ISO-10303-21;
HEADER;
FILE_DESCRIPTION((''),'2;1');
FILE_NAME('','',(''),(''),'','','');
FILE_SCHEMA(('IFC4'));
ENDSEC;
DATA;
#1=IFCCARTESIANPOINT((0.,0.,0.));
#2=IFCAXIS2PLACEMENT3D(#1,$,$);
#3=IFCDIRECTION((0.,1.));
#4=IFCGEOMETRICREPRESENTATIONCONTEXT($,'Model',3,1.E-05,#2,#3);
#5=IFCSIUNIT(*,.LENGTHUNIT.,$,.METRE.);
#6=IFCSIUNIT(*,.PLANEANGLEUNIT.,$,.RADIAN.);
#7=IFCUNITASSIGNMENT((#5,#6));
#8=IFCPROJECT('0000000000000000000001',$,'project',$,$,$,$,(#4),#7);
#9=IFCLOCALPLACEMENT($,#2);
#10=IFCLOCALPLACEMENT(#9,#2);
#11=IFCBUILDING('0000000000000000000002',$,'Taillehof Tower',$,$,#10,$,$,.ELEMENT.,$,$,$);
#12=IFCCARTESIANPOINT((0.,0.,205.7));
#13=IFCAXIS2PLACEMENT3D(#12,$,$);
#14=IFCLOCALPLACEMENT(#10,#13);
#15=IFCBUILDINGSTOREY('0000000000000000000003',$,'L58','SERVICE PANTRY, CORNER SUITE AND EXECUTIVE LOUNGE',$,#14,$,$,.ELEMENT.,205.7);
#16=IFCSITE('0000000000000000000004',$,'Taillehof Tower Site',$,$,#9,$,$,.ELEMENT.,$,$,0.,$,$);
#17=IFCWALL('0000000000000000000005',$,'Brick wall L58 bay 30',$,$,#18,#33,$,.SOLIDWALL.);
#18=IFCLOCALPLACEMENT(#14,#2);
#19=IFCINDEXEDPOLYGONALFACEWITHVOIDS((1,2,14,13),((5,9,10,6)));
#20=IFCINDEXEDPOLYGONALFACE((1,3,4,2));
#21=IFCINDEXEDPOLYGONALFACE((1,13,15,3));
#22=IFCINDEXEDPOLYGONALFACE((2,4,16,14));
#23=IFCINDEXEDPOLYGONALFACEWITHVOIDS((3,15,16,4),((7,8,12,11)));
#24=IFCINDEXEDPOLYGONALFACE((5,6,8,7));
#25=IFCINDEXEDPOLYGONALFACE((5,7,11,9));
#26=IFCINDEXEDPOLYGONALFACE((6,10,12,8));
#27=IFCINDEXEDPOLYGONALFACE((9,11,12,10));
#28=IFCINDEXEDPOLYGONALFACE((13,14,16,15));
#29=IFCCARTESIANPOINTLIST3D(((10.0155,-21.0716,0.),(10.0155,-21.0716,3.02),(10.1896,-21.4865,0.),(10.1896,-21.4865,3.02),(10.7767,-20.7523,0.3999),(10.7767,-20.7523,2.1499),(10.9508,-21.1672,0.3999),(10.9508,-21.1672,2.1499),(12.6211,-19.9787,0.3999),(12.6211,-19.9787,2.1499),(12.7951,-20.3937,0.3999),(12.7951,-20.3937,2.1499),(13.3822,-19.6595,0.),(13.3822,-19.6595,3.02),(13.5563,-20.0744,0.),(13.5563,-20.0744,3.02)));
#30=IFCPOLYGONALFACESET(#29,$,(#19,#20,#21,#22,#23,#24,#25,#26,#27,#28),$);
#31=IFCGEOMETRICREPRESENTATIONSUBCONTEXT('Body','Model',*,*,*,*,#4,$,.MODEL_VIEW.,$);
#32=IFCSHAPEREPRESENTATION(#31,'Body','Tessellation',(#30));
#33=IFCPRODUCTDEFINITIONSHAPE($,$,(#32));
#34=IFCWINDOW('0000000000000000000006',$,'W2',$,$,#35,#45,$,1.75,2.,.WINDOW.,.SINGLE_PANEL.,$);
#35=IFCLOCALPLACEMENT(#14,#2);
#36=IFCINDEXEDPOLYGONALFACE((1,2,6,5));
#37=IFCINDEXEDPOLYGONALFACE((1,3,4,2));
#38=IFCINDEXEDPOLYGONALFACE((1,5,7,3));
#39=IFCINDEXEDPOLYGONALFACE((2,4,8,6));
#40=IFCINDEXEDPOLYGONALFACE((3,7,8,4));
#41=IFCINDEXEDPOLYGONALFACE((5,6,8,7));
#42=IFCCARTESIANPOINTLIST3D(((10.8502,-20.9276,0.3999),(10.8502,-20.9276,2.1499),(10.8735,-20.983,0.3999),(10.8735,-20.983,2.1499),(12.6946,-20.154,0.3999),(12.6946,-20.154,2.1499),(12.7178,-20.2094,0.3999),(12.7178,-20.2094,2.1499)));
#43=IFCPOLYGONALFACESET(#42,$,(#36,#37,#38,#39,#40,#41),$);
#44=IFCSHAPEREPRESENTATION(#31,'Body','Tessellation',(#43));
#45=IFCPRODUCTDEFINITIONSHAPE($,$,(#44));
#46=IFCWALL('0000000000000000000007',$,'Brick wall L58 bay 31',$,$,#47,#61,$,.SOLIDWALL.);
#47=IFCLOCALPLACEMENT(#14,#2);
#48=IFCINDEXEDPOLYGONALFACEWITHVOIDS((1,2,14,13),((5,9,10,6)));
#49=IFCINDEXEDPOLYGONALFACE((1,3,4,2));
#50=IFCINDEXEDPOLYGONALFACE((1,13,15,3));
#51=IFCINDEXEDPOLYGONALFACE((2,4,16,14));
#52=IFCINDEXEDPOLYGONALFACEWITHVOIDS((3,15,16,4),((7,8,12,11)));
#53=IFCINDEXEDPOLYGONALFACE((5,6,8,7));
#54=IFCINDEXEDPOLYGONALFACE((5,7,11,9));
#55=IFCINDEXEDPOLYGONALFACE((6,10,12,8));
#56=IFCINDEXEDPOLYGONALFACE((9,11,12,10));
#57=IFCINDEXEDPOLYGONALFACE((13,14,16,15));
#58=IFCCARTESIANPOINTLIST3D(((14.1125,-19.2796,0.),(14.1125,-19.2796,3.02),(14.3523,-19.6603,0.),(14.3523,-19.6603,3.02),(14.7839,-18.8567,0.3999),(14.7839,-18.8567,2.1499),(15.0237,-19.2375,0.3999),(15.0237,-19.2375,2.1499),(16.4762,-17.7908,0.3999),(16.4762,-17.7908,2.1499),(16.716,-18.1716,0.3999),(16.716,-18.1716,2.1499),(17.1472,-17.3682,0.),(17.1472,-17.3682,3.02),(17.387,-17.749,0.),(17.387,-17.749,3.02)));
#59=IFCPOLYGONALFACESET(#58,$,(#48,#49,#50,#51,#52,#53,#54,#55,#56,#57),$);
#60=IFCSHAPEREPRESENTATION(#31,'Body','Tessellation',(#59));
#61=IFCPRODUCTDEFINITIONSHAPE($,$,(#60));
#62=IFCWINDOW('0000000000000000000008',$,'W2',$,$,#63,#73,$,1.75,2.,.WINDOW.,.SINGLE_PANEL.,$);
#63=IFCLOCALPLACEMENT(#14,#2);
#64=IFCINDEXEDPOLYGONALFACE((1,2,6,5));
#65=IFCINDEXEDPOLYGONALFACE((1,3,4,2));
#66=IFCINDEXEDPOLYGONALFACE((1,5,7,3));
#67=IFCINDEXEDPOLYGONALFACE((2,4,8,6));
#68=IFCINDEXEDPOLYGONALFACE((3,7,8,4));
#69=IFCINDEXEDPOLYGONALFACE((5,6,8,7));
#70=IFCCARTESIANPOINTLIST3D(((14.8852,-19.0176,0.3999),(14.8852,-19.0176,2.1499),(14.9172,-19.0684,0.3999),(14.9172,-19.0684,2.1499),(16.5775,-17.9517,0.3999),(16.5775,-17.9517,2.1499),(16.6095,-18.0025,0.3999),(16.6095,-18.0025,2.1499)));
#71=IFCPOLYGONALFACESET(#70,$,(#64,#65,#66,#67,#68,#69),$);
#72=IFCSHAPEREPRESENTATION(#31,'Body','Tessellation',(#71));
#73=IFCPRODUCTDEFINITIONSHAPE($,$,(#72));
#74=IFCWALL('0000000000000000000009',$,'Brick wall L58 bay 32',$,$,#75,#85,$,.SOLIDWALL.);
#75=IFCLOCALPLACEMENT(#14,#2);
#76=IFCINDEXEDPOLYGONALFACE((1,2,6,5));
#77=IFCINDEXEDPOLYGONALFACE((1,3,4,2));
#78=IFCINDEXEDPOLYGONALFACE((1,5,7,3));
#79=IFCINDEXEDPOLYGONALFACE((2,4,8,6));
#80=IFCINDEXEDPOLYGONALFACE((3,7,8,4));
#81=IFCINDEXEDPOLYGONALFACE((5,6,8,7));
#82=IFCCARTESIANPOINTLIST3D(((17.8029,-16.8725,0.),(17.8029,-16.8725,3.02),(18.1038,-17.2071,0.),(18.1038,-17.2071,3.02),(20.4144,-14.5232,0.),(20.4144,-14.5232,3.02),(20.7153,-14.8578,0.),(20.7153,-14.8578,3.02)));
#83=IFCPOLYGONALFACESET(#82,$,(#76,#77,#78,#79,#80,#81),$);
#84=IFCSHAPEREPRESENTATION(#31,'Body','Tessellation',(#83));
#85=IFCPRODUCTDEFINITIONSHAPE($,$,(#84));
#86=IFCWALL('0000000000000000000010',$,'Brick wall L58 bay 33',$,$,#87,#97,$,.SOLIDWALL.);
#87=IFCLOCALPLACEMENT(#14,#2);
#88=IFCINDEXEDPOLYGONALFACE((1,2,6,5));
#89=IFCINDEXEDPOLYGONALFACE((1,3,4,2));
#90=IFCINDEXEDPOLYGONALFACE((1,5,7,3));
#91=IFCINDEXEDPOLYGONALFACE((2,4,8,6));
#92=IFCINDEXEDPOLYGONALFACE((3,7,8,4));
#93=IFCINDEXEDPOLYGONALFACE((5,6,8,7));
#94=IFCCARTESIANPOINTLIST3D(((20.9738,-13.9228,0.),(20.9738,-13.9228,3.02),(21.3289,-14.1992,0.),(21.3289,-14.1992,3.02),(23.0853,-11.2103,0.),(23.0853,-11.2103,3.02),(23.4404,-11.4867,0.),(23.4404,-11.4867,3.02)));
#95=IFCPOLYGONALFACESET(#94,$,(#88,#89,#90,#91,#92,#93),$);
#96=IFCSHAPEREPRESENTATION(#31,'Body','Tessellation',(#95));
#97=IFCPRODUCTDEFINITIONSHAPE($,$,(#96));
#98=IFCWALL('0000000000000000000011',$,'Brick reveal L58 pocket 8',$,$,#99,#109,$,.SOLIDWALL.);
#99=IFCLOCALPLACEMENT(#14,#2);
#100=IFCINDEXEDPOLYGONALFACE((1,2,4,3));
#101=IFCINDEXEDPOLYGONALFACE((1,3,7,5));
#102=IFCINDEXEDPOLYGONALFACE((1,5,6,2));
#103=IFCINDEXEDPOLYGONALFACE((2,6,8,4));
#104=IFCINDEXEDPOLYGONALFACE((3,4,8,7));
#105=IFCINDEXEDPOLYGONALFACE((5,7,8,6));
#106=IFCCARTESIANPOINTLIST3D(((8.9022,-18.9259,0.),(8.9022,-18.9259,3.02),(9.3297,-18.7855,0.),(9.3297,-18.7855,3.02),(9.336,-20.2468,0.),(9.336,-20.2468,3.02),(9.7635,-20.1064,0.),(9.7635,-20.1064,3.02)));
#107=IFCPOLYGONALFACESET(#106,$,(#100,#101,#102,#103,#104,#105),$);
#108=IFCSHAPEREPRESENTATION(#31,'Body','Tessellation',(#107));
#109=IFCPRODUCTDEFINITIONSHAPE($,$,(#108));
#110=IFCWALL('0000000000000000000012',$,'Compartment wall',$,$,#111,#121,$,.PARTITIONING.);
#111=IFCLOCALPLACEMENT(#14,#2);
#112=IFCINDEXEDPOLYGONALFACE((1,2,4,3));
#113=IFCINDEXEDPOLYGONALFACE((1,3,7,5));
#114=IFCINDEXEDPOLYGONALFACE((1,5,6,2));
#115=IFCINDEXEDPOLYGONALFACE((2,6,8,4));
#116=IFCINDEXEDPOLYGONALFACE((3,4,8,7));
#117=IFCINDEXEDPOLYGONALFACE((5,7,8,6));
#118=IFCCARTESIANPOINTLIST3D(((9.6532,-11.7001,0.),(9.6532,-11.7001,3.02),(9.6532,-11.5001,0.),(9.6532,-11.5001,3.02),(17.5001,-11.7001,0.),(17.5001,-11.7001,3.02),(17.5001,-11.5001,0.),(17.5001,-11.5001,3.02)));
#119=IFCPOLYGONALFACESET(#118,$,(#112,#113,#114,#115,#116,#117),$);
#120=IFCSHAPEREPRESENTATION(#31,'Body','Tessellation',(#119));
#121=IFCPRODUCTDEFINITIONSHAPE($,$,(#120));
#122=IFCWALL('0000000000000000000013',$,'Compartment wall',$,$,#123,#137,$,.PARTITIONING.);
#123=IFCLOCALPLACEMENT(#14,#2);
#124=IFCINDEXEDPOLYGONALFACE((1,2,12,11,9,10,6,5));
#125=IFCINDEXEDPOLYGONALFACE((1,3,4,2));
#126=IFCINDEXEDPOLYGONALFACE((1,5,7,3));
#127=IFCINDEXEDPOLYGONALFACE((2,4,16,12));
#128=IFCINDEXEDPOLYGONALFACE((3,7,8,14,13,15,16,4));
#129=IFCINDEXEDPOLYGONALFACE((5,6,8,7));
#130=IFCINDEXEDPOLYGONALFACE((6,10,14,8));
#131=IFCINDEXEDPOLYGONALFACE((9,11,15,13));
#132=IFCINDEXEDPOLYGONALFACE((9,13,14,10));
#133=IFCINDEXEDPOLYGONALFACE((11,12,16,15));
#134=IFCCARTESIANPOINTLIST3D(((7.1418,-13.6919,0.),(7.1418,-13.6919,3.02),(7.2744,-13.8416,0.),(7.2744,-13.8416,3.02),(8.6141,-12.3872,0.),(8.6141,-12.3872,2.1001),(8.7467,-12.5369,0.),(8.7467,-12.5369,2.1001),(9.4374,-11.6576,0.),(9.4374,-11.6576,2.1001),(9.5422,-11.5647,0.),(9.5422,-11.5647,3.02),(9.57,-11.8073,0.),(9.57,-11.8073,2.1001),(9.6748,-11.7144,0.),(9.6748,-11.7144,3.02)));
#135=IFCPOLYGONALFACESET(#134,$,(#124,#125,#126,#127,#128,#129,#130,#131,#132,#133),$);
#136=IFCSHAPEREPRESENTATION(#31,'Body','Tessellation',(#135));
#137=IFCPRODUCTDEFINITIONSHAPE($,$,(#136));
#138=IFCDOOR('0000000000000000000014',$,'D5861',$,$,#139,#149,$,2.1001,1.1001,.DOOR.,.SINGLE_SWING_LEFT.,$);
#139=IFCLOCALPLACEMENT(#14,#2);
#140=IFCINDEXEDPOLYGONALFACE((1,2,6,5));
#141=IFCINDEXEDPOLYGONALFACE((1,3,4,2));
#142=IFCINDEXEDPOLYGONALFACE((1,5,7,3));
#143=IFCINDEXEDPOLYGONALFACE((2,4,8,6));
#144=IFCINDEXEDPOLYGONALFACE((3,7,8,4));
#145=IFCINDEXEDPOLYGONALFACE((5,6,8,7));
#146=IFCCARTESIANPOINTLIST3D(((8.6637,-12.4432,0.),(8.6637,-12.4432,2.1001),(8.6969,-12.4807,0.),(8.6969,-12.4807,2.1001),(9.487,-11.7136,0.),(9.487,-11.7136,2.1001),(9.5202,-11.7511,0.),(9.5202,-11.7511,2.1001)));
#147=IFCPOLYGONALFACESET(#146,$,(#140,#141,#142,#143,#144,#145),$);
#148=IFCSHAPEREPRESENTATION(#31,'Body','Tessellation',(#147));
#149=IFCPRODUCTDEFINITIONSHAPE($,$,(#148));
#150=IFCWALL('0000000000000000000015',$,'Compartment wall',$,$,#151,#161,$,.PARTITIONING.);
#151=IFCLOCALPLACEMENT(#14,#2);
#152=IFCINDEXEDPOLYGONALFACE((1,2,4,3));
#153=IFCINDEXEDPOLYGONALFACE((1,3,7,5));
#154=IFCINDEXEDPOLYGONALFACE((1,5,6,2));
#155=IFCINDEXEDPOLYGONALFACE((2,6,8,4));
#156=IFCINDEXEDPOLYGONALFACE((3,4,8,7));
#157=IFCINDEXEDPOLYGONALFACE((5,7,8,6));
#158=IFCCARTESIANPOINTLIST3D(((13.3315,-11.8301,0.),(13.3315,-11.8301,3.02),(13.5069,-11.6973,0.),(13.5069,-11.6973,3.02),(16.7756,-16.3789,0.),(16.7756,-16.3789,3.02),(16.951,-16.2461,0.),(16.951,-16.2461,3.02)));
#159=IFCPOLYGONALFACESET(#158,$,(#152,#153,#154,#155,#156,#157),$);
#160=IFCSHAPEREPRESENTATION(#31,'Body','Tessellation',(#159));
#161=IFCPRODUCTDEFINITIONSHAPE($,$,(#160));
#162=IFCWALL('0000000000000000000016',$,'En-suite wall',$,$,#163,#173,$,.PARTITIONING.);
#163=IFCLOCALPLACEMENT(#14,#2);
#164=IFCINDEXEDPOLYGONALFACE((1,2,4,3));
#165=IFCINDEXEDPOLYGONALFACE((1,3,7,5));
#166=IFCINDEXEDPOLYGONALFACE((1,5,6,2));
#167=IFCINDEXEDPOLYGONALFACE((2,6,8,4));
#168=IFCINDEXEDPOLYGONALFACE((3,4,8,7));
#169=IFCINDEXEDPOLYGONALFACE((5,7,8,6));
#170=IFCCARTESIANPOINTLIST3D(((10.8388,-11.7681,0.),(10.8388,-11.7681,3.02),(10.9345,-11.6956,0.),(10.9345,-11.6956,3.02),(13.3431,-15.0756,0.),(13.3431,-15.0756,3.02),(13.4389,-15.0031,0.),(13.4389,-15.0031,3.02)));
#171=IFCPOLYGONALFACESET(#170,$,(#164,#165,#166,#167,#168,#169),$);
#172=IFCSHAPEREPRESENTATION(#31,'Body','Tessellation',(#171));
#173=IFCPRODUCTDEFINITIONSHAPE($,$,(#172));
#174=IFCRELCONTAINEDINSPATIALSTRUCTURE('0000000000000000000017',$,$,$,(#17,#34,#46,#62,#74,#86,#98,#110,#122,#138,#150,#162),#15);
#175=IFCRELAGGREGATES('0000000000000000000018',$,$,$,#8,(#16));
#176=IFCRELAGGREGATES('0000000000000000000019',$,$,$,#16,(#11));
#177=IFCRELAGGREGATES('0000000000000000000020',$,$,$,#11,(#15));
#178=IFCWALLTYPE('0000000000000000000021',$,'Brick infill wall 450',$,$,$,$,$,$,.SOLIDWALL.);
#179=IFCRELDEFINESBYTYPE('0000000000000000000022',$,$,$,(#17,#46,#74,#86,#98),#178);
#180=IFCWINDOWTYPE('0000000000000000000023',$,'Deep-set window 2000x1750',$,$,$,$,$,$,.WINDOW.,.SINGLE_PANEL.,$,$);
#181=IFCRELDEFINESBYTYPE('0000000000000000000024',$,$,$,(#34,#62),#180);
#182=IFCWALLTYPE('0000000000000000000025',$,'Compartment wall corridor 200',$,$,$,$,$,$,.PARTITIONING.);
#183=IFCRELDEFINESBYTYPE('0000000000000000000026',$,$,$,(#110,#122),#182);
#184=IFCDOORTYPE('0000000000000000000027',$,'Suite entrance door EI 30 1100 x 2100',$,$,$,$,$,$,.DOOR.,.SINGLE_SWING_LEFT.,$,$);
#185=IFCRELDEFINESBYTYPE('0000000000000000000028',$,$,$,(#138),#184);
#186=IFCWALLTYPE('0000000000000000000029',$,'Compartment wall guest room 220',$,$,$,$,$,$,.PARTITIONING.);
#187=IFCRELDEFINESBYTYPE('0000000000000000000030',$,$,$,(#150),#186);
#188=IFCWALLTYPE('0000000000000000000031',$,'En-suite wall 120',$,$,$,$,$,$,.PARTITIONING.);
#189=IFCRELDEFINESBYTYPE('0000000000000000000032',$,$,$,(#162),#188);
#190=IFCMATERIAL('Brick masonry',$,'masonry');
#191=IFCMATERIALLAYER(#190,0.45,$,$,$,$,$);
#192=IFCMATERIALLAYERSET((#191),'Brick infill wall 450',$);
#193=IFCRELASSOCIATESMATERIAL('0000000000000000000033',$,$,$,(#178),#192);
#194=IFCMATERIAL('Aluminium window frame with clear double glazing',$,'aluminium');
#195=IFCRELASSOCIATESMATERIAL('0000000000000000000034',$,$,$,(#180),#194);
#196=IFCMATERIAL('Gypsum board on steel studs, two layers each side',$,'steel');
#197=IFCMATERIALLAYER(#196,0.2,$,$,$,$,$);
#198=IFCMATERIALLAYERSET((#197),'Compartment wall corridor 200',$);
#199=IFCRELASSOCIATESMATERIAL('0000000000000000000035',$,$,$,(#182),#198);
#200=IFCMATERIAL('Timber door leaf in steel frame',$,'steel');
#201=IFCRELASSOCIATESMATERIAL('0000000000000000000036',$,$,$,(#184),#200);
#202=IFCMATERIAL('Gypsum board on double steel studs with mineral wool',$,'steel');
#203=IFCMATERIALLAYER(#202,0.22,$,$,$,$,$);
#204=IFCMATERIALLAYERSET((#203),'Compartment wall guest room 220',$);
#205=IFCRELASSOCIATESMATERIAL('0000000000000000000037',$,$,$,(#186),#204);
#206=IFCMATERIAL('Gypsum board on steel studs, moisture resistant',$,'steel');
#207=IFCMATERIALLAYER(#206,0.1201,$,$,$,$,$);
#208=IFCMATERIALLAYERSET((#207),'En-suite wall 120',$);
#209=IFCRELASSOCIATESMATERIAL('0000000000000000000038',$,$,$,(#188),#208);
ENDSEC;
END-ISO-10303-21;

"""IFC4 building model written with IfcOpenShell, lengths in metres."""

from ifc_helpers import new_model, si_unit, direction, frame, frame_2d, origin, place, context, subcontext, project, spatial, rectangle, extrude, material, layer, layer_set, type_object, element, fill, save


model = new_model("IFC4")

# Units and contexts
model_context = context("Model", 3, precision=1e-05, world=origin(), true_north=direction((0.0, 1.0)))
body_context = subcontext(model_context, "Body", "Model", "MODEL_VIEW")
ifc_project = project(units=[si_unit("LENGTHUNIT", "METRE"), si_unit("PLANEANGLEUNIT", "RADIAN")], contexts=[model_context])

# Site, building, storey
site_placement = place(None, origin())
site = spatial("IfcSite", under=ifc_project, at=site_placement, Name="Taillehof Tower Site", CompositionType="ELEMENT", RefElevation=0.0)
building_placement = place(site_placement, origin())
building = spatial("IfcBuilding", under=site, at=building_placement, Name="Taillehof Tower", CompositionType="ELEMENT")
storey_placement = place(building_placement, frame((0.0, 0.0, 205.7)))
storey = spatial("IfcBuildingStorey", under=building, at=storey_placement, Name="L58", Description="SERVICE PANTRY, CORNER SUITE AND EXECUTIVE LOUNGE", CompositionType="ELEMENT", Elevation=205.7)

# Walls, openings, windows
ifc_material_1 = material(Name="Brick masonry", Category="masonry")
ifc_layer_1 = layer(ifc_material_1, 0.45)
ifc_layer_set_1 = layer_set([ifc_layer_1], Name="Brick infill wall 450")
wall_type_1 = type_object("IfcWallType", Name="Brick infill wall 450", PredefinedType="SOLIDWALL", material=ifc_layer_set_1)
wall_1_placement = place(storey_placement, frame((10.1025, -21.2791, 0.0), z_axis=(0.0, 0.0, 1.0), x_axis=(0.922168, 0.386789, 0.0)))
wall_1 = element("IfcWall", 1, at=wall_1_placement, inside=storey, type_object=wall_type_1, Name="Brick wall L58 bay 30", PredefinedType="SOLIDWALL", context=body_context, shape_type="SweptSolid", body=[
    extrude(rectangle(XDim=3.6509, YDim=0.45, at=frame_2d((1.8254, 0.0))), origin(), (0.0, 0.0, 1.0), 3.02),
])
opening_1_placement = place(wall_1_placement, frame((0.8254, 0.0, 0.3999)))
opening_1 = element("IfcOpeningElement", 2, at=opening_1_placement, cuts=wall_1, PredefinedType="OPENING", context=body_context, shape_type="SweptSolid", body=[
    extrude(rectangle(XDim=2.0, YDim=1.75, at=frame_2d((1.0, 0.875))), frame((0.0, 0.2349, 0.0), z_axis=(0.0, -1.0, 0.0), x_axis=(1.0, 0.0, 0.0)), (0.0, 0.0, 1.0), 0.47),
])
ifc_material_2 = material(Name="Aluminium window frame with clear double glazing", Category="aluminium")
window_type = type_object("IfcWindowType", Name="Deep-set window 2000x1750", PartitioningType="SINGLE_PANEL", PredefinedType="WINDOW", material=ifc_material_2)
window_1_placement = place(opening_1_placement, origin())
window_1 = element("IfcWindow", 3, at=window_1_placement, inside=storey, type_object=window_type, Name="W2", OverallHeight=1.75, OverallWidth=2.0, PartitioningType="SINGLE_PANEL", PredefinedType="WINDOW", context=body_context, shape_type="SweptSolid", body=[
    extrude(rectangle(XDim=2.0, YDim=1.75, at=frame_2d((1.0, 0.875))), frame((0.0, 0.0349, 0.0), z_axis=(0.0, -1.0, 0.0), x_axis=(1.0, 0.0, 0.0)), (0.0, 0.0, 1.0), 0.0601),
])
fill(opening_1, window_1)
wall_2_placement = place(storey_placement, frame((14.2324, -19.47, 0.0), z_axis=(0.0, 0.0, 1.0), x_axis=(0.84615, 0.532945, 0.0)))
wall_2 = element("IfcWall", 4, at=wall_2_placement, inside=storey, type_object=wall_type_1, Name="Brick wall L58 bay 31", PredefinedType="SOLIDWALL", context=body_context, shape_type="SweptSolid", body=[
    extrude(rectangle(XDim=3.5864, YDim=0.45, at=frame_2d((1.7932, 0.0))), origin(), (0.0, 0.0, 1.0), 3.02),
])
opening_2_placement = place(wall_2_placement, frame((0.7935, 0.0, 0.3999)))
opening_2 = element("IfcOpeningElement", 5, at=opening_2_placement, cuts=wall_2, PredefinedType="OPENING", context=body_context, shape_type="SweptSolid", body=[
    extrude(rectangle(XDim=2.0, YDim=1.75, at=frame_2d((1.0, 0.875))), frame((0.0, 0.2349, 0.0), z_axis=(0.0, -1.0, 0.0), x_axis=(1.0, 0.0, 0.0)), (0.0, 0.0, 1.0), 0.47),
])
window_2_placement = place(opening_2_placement, origin())
window_2 = element("IfcWindow", 6, at=window_2_placement, inside=storey, type_object=window_type, Name="W2", OverallHeight=1.75, OverallWidth=2.0, PartitioningType="SINGLE_PANEL", PredefinedType="WINDOW", context=body_context, shape_type="SweptSolid", body=[
    extrude(rectangle(XDim=2.0, YDim=1.75, at=frame_2d((1.0, 0.875))), frame((0.0, 0.0349, 0.0), z_axis=(0.0, -1.0, 0.0), x_axis=(1.0, 0.0, 0.0)), (0.0, 0.0, 1.0), 0.0601),
])
fill(opening_2, window_2)

# Walls
wall_3_placement = place(storey_placement, frame((17.9534, -17.0398, 0.0), z_axis=(0.0, 0.0, 1.0), x_axis=(0.743443, 0.6688, 0.0)))
element("IfcWall", 7, at=wall_3_placement, inside=storey, type_object=wall_type_1, Name="Brick wall L58 bay 32", PredefinedType="SOLIDWALL", context=body_context, shape_type="SweptSolid", body=[
    extrude(rectangle(XDim=3.5127, YDim=0.45, at=frame_2d((1.7563, 0.0))), origin(), (0.0, 0.0, 1.0), 3.02),
])
wall_4_placement = place(storey_placement, frame((21.1514, -14.061, 0.0), z_axis=(0.0, 0.0, 1.0), x_axis=(0.614255, 0.789107, 0.0)))
element("IfcWall", 8, at=wall_4_placement, inside=storey, type_object=wall_type_1, Name="Brick wall L58 bay 33", PredefinedType="SOLIDWALL", context=body_context, shape_type="SweptSolid", body=[
    extrude(rectangle(XDim=3.4375, YDim=0.45, at=frame_2d((1.7188, 0.0))), origin(), (0.0, 0.0, 1.0), 3.02),
])
wall_5_placement = place(storey_placement, frame((9.5498, -20.1768, 0.0), z_axis=(0.0, 0.0, 1.0), x_axis=(-0.312011, 0.950079, 0.0)))
element("IfcWall", 9, at=wall_5_placement, inside=storey, type_object=wall_type_1, Name="Brick reveal L58 pocket 8", PredefinedType="SOLIDWALL", context=body_context, shape_type="SweptSolid", body=[
    extrude(rectangle(XDim=1.3904, YDim=0.45, at=frame_2d((0.6953, 0.0))), origin(), (0.0, 0.0, 1.0), 3.02),
])
ifc_material_3 = material(Name="Gypsum board on steel studs, two layers each side", Category="steel")
ifc_layer_2 = layer(ifc_material_3, 0.2)
ifc_layer_set_2 = layer_set([ifc_layer_2], Name="Compartment wall corridor 200")
wall_type_2 = type_object("IfcWallType", Name="Compartment wall corridor 200", PredefinedType="PARTITIONING", material=ifc_layer_set_2)
wall_6_placement = place(storey_placement, frame((17.5, -11.6001, 0.0), z_axis=(0.0, 0.0, 1.0), x_axis=(-1.0, 0.0, 0.0)))
element("IfcWall", 10, at=wall_6_placement, inside=storey, type_object=wall_type_2, Name="Compartment wall", PredefinedType="PARTITIONING", context=body_context, shape_type="SweptSolid", body=[
    extrude(rectangle(XDim=7.8469, YDim=0.2, at=frame_2d((3.9233, 0.0))), origin(), (0.0, 0.0, 1.0), 3.02),
])

# Wall, opening, door
wall_7_placement = place(storey_placement, frame((9.6084, -11.6396, 0.0), z_axis=(0.0, 0.0, 1.0), x_axis=(-0.748412, -0.663234, 0.0)))
wall_7 = element("IfcWall", 11, at=wall_7_placement, inside=storey, type_object=wall_type_2, Name="Compartment wall", PredefinedType="PARTITIONING", context=body_context, shape_type="SweptSolid", body=[
    extrude(rectangle(XDim=3.2073, YDim=0.2, at=frame_2d((1.6035, 0.0))), origin(), (0.0, 0.0, 1.0), 3.02),
])
opening_3_placement = place(wall_7_placement, frame((0.1399, 0.0, 0.0)))
opening_3 = element("IfcOpeningElement", 12, at=opening_3_placement, cuts=wall_7, PredefinedType="OPENING", context=body_context, shape_type="SweptSolid", body=[
    extrude(rectangle(XDim=1.1001, YDim=2.1001, at=frame_2d((0.55, 1.05))), frame((0.0, 0.1099, 0.0), z_axis=(0.0, -1.0, 0.0), x_axis=(1.0, 0.0, 0.0)), (0.0, 0.0, 1.0), 0.22),
])
ifc_material_4 = material(Name="Timber door leaf in steel frame", Category="steel")
door_type_1 = type_object("IfcDoorType", Name="Suite entrance door EI 30 1100 x 2100", OperationType="SINGLE_SWING_LEFT", PredefinedType="DOOR", material=ifc_material_4)
door_1_placement = place(opening_3_placement, origin())
door_1 = element("IfcDoor", 13, at=door_1_placement, inside=storey, type_object=door_type_1, Name="D5861", OperationType="SINGLE_SWING_LEFT", OverallHeight=2.1001, OverallWidth=1.1001, PredefinedType="DOOR", context=body_context, shape_type="SweptSolid", body=[
    extrude(rectangle(XDim=1.1001, YDim=2.1001, at=frame_2d((0.55, 1.05))), frame((0.0, 0.0249, 0.0), z_axis=(0.0, -1.0, 0.0), x_axis=(1.0, 0.0, 0.0)), (0.0, 0.0, 1.0), 0.05),
])
fill(opening_3, door_1)

# Walls
ifc_material_5 = material(Name="Gypsum board on double steel studs with mineral wool", Category="steel")
ifc_layer_3 = layer(ifc_material_5, 0.22)
ifc_layer_set_3 = layer_set([ifc_layer_3], Name="Compartment wall guest room 220")
wall_type_3 = type_object("IfcWallType", Name="Compartment wall guest room 220", PredefinedType="PARTITIONING", material=ifc_layer_set_3)
wall_8_placement = place(storey_placement, frame((16.8633, -16.3125, 0.0), z_axis=(0.0, 0.0, 1.0), x_axis=(-0.603636, 0.79726, 0.0)))
element("IfcWall", 14, at=wall_8_placement, inside=storey, type_object=wall_type_3, Name="Compartment wall", PredefinedType="PARTITIONING", context=body_context, shape_type="SweptSolid", body=[
    extrude(rectangle(XDim=5.7056, YDim=0.22, at=frame_2d((2.8528, 0.0))), origin(), (0.0, 0.0, 1.0), 3.02),
])
ifc_material_6 = material(Name="Gypsum board on steel studs, moisture resistant", Category="steel")
ifc_layer_4 = layer(ifc_material_6, 0.1201)
ifc_layer_set_4 = layer_set([ifc_layer_4], Name="En-suite wall 120")
wall_type_4 = type_object("IfcWallType", Name="En-suite wall 120", PredefinedType="PARTITIONING", material=ifc_layer_set_4)
wall_9_placement = place(storey_placement, frame((10.8867, -11.7319, 0.0), z_axis=(0.0, 0.0, 1.0), x_axis=(0.603647, -0.797252, 0.0)))
element("IfcWall", 15, at=wall_9_placement, inside=storey, type_object=wall_type_4, Name="En-suite wall", PredefinedType="PARTITIONING", context=body_context, shape_type="SweptSolid", body=[
    extrude(rectangle(XDim=4.1487, YDim=0.1201, at=frame_2d((2.0742, 0.0))), origin(), (0.0, 0.0, 1.0), 3.02),
])

save(model, "model.ifc")
